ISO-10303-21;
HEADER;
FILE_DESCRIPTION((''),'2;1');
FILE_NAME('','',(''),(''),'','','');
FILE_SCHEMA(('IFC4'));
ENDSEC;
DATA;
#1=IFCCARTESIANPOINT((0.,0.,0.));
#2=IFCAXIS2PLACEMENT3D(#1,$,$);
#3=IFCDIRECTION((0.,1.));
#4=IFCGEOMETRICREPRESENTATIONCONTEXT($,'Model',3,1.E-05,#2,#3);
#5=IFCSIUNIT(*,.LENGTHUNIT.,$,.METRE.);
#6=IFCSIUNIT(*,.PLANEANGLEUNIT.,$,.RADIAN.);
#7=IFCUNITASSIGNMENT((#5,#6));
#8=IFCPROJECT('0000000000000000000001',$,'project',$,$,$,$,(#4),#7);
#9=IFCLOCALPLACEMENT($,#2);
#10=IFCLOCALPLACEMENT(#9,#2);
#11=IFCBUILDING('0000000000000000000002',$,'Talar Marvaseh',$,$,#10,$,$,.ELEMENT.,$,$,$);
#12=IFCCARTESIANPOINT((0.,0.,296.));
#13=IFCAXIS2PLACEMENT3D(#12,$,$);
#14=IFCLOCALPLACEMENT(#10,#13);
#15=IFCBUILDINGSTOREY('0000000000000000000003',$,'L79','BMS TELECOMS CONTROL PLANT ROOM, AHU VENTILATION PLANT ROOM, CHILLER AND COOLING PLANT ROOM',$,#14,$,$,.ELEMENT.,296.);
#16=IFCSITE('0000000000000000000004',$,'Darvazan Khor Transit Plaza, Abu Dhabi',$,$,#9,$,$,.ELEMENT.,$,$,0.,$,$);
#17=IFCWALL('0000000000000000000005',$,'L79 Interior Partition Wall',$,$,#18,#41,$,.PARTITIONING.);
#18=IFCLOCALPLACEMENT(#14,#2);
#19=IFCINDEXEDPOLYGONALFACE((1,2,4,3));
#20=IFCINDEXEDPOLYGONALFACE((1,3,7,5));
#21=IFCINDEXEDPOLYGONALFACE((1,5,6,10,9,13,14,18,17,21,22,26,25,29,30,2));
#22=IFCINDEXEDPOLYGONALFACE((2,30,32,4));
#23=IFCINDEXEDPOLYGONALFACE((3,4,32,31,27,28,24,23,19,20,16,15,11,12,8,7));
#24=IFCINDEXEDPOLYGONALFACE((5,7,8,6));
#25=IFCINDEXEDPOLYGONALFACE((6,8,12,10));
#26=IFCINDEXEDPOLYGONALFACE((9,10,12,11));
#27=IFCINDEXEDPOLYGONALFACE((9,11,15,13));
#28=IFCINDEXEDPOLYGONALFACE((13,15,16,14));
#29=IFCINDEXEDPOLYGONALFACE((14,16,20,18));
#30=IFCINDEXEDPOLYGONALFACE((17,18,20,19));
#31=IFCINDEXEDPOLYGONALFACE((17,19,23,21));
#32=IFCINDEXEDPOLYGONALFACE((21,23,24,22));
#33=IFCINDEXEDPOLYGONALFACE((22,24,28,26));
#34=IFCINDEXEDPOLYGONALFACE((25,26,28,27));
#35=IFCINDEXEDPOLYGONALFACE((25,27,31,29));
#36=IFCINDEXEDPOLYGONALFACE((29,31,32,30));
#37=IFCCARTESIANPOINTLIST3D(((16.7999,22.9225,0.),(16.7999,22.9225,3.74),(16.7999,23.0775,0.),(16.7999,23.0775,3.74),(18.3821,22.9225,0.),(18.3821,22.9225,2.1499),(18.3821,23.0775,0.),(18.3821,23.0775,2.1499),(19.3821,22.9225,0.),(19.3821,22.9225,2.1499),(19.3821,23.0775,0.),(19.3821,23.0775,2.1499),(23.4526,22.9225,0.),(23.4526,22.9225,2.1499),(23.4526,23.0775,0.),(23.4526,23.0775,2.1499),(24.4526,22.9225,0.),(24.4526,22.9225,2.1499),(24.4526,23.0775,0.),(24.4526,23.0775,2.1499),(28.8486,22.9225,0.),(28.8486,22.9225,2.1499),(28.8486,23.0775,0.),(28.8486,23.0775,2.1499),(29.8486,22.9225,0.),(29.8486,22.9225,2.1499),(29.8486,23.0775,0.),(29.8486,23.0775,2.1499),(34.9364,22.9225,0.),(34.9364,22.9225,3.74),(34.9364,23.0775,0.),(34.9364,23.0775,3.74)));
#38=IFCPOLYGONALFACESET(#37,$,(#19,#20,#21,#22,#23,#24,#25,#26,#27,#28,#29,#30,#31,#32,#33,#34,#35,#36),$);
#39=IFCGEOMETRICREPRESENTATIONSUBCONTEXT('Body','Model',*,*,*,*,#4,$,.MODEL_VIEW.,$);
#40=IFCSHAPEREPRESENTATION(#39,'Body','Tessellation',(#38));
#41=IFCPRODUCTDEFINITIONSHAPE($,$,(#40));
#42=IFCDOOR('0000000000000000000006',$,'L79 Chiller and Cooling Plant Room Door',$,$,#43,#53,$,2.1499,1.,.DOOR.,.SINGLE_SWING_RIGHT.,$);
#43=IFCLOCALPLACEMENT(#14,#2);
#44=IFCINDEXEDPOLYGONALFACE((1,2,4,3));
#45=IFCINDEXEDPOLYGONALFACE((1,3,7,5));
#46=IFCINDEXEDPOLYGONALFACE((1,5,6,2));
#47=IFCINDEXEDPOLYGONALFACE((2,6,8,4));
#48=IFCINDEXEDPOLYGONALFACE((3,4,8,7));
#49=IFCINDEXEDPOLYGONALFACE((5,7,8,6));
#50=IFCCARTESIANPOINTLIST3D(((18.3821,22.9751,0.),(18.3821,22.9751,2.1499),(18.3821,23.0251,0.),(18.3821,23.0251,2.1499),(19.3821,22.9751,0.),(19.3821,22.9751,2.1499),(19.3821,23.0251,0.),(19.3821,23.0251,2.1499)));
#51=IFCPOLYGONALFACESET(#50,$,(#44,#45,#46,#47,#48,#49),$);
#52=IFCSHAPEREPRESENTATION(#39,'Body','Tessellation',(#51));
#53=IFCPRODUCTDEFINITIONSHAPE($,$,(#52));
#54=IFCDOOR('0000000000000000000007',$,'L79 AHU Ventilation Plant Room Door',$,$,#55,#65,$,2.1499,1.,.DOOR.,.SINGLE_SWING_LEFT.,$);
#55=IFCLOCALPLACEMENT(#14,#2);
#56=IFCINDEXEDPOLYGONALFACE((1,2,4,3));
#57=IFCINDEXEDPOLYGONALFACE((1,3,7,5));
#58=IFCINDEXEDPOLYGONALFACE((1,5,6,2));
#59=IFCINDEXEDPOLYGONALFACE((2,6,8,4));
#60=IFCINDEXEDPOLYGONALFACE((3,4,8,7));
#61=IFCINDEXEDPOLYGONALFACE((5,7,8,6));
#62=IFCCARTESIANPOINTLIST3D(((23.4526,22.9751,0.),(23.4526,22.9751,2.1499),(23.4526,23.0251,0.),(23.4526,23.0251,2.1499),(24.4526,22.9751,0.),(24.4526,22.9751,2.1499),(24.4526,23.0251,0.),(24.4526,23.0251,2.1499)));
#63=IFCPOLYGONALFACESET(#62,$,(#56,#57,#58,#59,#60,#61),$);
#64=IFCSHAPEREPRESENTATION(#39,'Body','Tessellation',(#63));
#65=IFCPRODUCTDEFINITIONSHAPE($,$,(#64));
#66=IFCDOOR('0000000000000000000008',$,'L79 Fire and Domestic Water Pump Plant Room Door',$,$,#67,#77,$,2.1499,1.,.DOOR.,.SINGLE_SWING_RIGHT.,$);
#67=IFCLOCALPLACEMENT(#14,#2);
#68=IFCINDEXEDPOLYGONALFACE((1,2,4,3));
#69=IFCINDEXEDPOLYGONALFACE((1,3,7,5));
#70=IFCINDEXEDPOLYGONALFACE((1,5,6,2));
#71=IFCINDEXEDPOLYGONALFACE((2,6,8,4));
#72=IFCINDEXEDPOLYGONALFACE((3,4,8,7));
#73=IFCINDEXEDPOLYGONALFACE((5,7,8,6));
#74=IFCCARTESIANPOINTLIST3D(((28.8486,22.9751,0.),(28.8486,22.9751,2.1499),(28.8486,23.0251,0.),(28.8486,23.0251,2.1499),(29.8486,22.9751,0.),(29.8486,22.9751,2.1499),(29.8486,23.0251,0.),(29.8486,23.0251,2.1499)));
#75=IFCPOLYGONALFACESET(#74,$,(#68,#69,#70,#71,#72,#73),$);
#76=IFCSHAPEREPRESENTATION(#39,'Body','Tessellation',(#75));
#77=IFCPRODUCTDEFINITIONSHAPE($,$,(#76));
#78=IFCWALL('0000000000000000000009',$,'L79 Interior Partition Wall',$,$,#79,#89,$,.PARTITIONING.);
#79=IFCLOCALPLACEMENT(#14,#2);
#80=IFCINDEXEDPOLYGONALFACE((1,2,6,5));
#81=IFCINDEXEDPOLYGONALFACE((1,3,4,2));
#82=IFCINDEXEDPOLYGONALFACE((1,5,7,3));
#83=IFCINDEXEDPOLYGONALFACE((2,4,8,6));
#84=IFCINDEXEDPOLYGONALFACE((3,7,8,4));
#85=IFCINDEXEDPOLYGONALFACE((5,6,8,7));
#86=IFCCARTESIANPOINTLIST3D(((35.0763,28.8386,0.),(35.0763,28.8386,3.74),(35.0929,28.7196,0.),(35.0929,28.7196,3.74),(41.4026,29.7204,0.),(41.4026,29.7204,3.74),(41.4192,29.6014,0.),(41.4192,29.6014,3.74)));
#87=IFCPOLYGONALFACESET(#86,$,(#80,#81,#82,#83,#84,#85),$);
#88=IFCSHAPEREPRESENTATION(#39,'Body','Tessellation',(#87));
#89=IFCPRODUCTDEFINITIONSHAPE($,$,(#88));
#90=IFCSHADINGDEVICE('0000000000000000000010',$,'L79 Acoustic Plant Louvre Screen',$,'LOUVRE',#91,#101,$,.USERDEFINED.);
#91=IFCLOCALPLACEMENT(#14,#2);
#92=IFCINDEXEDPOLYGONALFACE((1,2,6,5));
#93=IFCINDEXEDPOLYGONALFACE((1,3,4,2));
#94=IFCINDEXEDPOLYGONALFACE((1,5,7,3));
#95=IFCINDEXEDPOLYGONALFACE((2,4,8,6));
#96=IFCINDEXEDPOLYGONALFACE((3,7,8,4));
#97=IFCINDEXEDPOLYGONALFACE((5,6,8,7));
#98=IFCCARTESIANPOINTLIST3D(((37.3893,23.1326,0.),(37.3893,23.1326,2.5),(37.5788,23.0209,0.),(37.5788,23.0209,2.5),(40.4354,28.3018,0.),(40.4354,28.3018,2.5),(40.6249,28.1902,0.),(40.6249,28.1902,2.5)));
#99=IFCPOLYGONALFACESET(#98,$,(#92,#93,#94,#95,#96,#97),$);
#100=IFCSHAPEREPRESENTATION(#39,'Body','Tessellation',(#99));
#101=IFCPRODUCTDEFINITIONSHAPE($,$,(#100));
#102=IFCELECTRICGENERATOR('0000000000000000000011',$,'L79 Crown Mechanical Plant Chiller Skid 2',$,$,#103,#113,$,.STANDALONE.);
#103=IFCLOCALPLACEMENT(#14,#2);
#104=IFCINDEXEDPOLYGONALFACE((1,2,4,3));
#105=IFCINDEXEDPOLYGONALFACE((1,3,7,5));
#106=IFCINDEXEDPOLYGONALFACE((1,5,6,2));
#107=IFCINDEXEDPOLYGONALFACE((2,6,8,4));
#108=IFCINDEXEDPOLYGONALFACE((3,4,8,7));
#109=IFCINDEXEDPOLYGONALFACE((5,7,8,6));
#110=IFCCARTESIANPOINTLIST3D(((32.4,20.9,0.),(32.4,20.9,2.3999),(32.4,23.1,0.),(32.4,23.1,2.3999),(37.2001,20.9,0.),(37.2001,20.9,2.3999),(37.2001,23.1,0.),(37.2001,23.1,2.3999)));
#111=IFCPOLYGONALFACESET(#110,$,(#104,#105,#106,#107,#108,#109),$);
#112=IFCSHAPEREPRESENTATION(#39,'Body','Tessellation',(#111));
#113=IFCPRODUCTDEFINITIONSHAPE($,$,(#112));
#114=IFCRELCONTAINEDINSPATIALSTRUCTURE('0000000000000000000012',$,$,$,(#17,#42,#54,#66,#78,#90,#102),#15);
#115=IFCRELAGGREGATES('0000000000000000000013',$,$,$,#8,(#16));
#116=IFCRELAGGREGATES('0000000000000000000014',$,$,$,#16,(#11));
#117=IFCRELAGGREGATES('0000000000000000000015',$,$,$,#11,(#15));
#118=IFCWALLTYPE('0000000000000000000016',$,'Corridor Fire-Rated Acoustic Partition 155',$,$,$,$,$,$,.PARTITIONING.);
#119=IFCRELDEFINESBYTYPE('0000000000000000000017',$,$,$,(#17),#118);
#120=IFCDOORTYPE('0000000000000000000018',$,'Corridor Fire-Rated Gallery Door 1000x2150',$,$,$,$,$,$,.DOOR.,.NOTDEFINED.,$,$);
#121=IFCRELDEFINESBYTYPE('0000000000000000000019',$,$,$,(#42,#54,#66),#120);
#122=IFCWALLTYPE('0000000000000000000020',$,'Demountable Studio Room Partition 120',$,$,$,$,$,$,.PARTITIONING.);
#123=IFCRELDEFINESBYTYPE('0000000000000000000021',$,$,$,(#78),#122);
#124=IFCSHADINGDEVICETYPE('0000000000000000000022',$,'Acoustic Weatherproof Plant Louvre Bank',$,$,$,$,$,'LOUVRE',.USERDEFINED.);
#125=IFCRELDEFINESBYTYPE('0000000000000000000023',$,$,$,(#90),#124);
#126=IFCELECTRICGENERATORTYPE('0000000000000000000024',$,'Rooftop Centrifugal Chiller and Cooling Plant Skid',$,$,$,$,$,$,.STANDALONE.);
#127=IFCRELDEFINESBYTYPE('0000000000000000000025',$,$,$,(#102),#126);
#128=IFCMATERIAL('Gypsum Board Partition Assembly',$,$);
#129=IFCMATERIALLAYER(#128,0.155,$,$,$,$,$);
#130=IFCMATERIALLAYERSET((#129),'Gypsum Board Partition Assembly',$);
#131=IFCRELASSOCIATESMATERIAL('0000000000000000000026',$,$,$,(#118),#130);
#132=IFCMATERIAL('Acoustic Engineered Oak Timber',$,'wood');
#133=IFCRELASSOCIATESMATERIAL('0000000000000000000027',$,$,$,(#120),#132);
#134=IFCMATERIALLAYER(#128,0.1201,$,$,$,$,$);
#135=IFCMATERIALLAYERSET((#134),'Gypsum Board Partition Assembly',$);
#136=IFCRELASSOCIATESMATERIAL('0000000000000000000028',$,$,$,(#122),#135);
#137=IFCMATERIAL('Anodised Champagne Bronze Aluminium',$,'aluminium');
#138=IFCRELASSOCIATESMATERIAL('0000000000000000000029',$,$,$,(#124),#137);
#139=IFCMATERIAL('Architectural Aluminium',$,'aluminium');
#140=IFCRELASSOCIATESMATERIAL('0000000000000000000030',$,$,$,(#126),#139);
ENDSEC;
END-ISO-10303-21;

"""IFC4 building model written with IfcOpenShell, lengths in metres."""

from ifc_helpers import new_model, si_unit, direction, frame, frame_2d, origin, origin_2d, place, context, subcontext, project, spatial, rectangle, extrude, source, transform, mapped, material, layer, layer_set, type_object, type_shapes, element, fill, save


model = new_model("IFC4")

# Units and contexts
model_context = context("Model", 3, precision=1e-05, world=origin(), true_north=direction((0.0, 1.0)))
body_context = subcontext(model_context, "Body", "Model", "MODEL_VIEW")
ifc_project = project(units=[si_unit("LENGTHUNIT", "METRE"), si_unit("PLANEANGLEUNIT", "RADIAN")], contexts=[model_context])

# Site, building, storey
site_placement = place(None, origin())
site = spatial("IfcSite", under=ifc_project, at=site_placement, Name="Darvazan Khor Transit Plaza, Abu Dhabi", CompositionType="ELEMENT", RefElevation=0.0)
building_placement = place(site_placement, origin())
building = spatial("IfcBuilding", under=site, at=building_placement, Name="Talar Marvaseh", CompositionType="ELEMENT")
storey_placement = place(building_placement, frame((0.0, 0.0, 296.0)))
storey = spatial("IfcBuildingStorey", under=building, at=storey_placement, Name="L79", Description="BMS TELECOMS CONTROL PLANT ROOM, AHU VENTILATION PLANT ROOM, CHILLER AND COOLING PLANT ROOM", CompositionType="ELEMENT", Elevation=296.0)

# Shared definitions
ifc_material_1 = material(Name="Architectural Aluminium", Category="aluminium")

# Wall, openings, doors
ifc_material_2 = material(Name="Gypsum Board Partition Assembly")
ifc_layer_1 = layer(ifc_material_2, 0.155)
ifc_layer_set_1 = layer_set([ifc_layer_1], Name="Gypsum Board Partition Assembly")
wall_type_1 = type_object("IfcWallType", Name="Corridor Fire-Rated Acoustic Partition 155", PredefinedType="PARTITIONING", material=ifc_layer_set_1)
wall_1_placement = place(storey_placement, frame((34.9365, 23.0, 0.0), z_axis=(0.0, 0.0, 1.0), x_axis=(-1.0, 0.0, 0.0)))
wall_1 = element("IfcWall", 1, at=wall_1_placement, inside=storey, type_object=wall_type_1, Name="L79 Interior Partition Wall", PredefinedType="PARTITIONING", context=body_context, shape_type="SweptSolid", body=[
    extrude(rectangle(XDim=18.1365, YDim=0.155, at=frame_2d((9.0684, 0.0))), origin(), (0.0, 0.0, 1.0), 3.74),
])
opening_1_placement = place(wall_1_placement, frame((15.5544, 0.0, 0.0)))
opening_1 = element("IfcOpeningElement", 2, at=opening_1_placement, cuts=wall_1, PredefinedType="OPENING", context=body_context, shape_type="SweptSolid", body=[
    extrude(rectangle(XDim=1.0, YDim=2.1499, at=frame_2d((0.5, 1.075))), frame((0.0, 0.0874, 0.0), z_axis=(0.0, -1.0, 0.0), x_axis=(1.0, 0.0, 0.0)), (0.0, 0.0, 1.0), 0.175),
])
opening_2_placement = place(wall_1_placement, frame((10.4839, 0.0, 0.0)))
opening_2 = element("IfcOpeningElement", 3, at=opening_2_placement, cuts=wall_1, PredefinedType="OPENING", context=body_context, shape_type="SweptSolid", body=[
    extrude(rectangle(XDim=1.0, YDim=2.1499, at=frame_2d((0.5, 1.075))), frame((0.0, 0.0874, 0.0), z_axis=(0.0, -1.0, 0.0), x_axis=(1.0, 0.0, 0.0)), (0.0, 0.0, 1.0), 0.175),
])
opening_3_placement = place(wall_1_placement, frame((5.0879, 0.0, 0.0)))
opening_3 = element("IfcOpeningElement", 4, at=opening_3_placement, cuts=wall_1, PredefinedType="OPENING", context=body_context, shape_type="SweptSolid", body=[
    extrude(rectangle(XDim=1.0, YDim=2.1499, at=frame_2d((0.5, 1.075))), frame((0.0, 0.0874, 0.0), z_axis=(0.0, -1.0, 0.0), x_axis=(1.0, 0.0, 0.0)), (0.0, 0.0, 1.0), 0.175),
])
ifc_material_3 = material(Name="Acoustic Engineered Oak Timber", Category="wood")
door_type = type_object("IfcDoorType", Name="Corridor Fire-Rated Gallery Door 1000x2150", OperationType="NOTDEFINED", PredefinedType="DOOR", material=ifc_material_3)
shared_shape_1 = source(origin(), body_context, "Body", "SweptSolid", [
    extrude(rectangle(XDim=1.0, YDim=2.1499, at=frame_2d((0.5, 1.075))), frame((0.0, 0.0249, 0.0), z_axis=(0.0, -1.0, 0.0), x_axis=(1.0, 0.0, 0.0)), (0.0, 0.0, 1.0), 0.05),
])
type_shapes(door_type, [shared_shape_1])
door_1_placement = place(opening_1_placement, origin())
door_1 = element("IfcDoor", 5, at=door_1_placement, inside=storey, type_object=door_type, Name="L79 Chiller and Cooling Plant Room Door", OperationType="SINGLE_SWING_RIGHT", OverallHeight=2.1499, OverallWidth=1.0, PredefinedType="DOOR", context=body_context, shape_type="MappedRepresentation", body=[
    mapped(shared_shape_1, transform((0.0, 0.0, 0.0), x_axis=(1.0, 0.0, 0.0), y_axis=(0.0, 1.0, 0.0), z_axis=(0.0, 0.0, 1.0), scale=1.0)),
])
fill(opening_1, door_1)
door_2_placement = place(opening_2_placement, origin())
door_2 = element("IfcDoor", 6, at=door_2_placement, inside=storey, type_object=door_type, Name="L79 AHU Ventilation Plant Room Door", OperationType="SINGLE_SWING_LEFT", OverallHeight=2.1499, OverallWidth=1.0, PredefinedType="DOOR", context=body_context, shape_type="MappedRepresentation", body=[
    mapped(shared_shape_1, transform((0.0, 0.0, 0.0), x_axis=(1.0, 0.0, 0.0), y_axis=(0.0, 1.0, 0.0), z_axis=(0.0, 0.0, 1.0), scale=1.0)),
])
fill(opening_2, door_2)
door_3_placement = place(opening_3_placement, origin())
door_3 = element("IfcDoor", 7, at=door_3_placement, inside=storey, type_object=door_type, Name="L79 Fire and Domestic Water Pump Plant Room Door", OperationType="SINGLE_SWING_RIGHT", OverallHeight=2.1499, OverallWidth=1.0, PredefinedType="DOOR", context=body_context, shape_type="MappedRepresentation", body=[
    mapped(shared_shape_1, transform((0.0, 0.0, 0.0), x_axis=(1.0, 0.0, 0.0), y_axis=(0.0, 1.0, 0.0), z_axis=(0.0, 0.0, 1.0), scale=1.0)),
])
fill(opening_3, door_3)

# Wall
ifc_layer_2 = layer(ifc_material_2, 0.1201)
ifc_layer_set_2 = layer_set([ifc_layer_2], Name="Gypsum Board Partition Assembly")
wall_type_2 = type_object("IfcWallType", Name="Demountable Studio Room Partition 120", PredefinedType="PARTITIONING", material=ifc_layer_set_2)
wall_2_placement = place(storey_placement, frame((35.0845, 28.7791, 0.0), z_axis=(0.0, 0.0, 1.0), x_axis=(0.990424, 0.13806, 0.0)))
element("IfcWall", 8, at=wall_2_placement, inside=storey, type_object=wall_type_2, Name="L79 Interior Partition Wall", PredefinedType="PARTITIONING", context=body_context, shape_type="SweptSolid", body=[
    extrude(rectangle(XDim=6.3875, YDim=0.1201, at=frame_2d((3.1938, 0.0))), origin(), (0.0, 0.0, 1.0), 3.74),
])

# Shading device
ifc_material_4 = material(Name="Anodised Champagne Bronze Aluminium", Category="aluminium")
shading_device_type = type_object("IfcShadingDeviceType", Name="Acoustic Weatherproof Plant Louvre Bank", ElementType="LOUVRE", PredefinedType="USERDEFINED", material=ifc_material_4)
shared_shape_2 = source(origin(), body_context, "Body", "SweptSolid", [
    extrude(rectangle(XDim=6.0, YDim=0.22, at=origin_2d()), origin(), (0.0, 0.0, 1.0), 2.5),
])
type_shapes(shading_device_type, [shared_shape_2])
shading_device_placement = place(storey_placement, frame((39.0071, 25.6614, 0.0), z_axis=(0.0, 0.0, 1.0), x_axis=(-0.507689, -0.861541, 0.0)))
element("IfcShadingDevice", 9, at=shading_device_placement, inside=storey, type_object=shading_device_type, Name="L79 Acoustic Plant Louvre Screen", ObjectType="LOUVRE", PredefinedType="USERDEFINED", context=body_context, shape_type="MappedRepresentation", body=[
    mapped(shared_shape_2, transform((0.0, 0.0, 0.0), x_axis=(1.0, 0.0, 0.0), y_axis=(0.0, 1.0, 0.0), z_axis=(0.0, 0.0, 1.0), scale=1.0)),
])

# Electric generator
electric_generator_type = type_object("IfcElectricGeneratorType", Name="Rooftop Centrifugal Chiller and Cooling Plant Skid", PredefinedType="STANDALONE", material=ifc_material_1)
shared_shape_3 = source(origin(), body_context, "Body", "SweptSolid", [
    extrude(rectangle(XDim=4.8, YDim=2.2, at=origin_2d()), origin(), (0.0, 0.0, 1.0), 2.3999),
])
type_shapes(electric_generator_type, [shared_shape_3])
electric_generator_placement = place(storey_placement, frame((34.8, 22.0, 0.0), z_axis=(0.0, 0.0, 1.0), x_axis=(1.0, 0.0, 0.0)))
element("IfcElectricGenerator", 10, at=electric_generator_placement, inside=storey, type_object=electric_generator_type, Name="L79 Crown Mechanical Plant Chiller Skid 2", PredefinedType="STANDALONE", context=body_context, shape_type="MappedRepresentation", body=[
    mapped(shared_shape_3, transform((0.0, 0.0, 0.0), x_axis=(1.0, 0.0, 0.0), y_axis=(0.0, 1.0, 0.0), z_axis=(0.0, 0.0, 1.0), scale=1.0)),
])

save(model, "model.ifc")
